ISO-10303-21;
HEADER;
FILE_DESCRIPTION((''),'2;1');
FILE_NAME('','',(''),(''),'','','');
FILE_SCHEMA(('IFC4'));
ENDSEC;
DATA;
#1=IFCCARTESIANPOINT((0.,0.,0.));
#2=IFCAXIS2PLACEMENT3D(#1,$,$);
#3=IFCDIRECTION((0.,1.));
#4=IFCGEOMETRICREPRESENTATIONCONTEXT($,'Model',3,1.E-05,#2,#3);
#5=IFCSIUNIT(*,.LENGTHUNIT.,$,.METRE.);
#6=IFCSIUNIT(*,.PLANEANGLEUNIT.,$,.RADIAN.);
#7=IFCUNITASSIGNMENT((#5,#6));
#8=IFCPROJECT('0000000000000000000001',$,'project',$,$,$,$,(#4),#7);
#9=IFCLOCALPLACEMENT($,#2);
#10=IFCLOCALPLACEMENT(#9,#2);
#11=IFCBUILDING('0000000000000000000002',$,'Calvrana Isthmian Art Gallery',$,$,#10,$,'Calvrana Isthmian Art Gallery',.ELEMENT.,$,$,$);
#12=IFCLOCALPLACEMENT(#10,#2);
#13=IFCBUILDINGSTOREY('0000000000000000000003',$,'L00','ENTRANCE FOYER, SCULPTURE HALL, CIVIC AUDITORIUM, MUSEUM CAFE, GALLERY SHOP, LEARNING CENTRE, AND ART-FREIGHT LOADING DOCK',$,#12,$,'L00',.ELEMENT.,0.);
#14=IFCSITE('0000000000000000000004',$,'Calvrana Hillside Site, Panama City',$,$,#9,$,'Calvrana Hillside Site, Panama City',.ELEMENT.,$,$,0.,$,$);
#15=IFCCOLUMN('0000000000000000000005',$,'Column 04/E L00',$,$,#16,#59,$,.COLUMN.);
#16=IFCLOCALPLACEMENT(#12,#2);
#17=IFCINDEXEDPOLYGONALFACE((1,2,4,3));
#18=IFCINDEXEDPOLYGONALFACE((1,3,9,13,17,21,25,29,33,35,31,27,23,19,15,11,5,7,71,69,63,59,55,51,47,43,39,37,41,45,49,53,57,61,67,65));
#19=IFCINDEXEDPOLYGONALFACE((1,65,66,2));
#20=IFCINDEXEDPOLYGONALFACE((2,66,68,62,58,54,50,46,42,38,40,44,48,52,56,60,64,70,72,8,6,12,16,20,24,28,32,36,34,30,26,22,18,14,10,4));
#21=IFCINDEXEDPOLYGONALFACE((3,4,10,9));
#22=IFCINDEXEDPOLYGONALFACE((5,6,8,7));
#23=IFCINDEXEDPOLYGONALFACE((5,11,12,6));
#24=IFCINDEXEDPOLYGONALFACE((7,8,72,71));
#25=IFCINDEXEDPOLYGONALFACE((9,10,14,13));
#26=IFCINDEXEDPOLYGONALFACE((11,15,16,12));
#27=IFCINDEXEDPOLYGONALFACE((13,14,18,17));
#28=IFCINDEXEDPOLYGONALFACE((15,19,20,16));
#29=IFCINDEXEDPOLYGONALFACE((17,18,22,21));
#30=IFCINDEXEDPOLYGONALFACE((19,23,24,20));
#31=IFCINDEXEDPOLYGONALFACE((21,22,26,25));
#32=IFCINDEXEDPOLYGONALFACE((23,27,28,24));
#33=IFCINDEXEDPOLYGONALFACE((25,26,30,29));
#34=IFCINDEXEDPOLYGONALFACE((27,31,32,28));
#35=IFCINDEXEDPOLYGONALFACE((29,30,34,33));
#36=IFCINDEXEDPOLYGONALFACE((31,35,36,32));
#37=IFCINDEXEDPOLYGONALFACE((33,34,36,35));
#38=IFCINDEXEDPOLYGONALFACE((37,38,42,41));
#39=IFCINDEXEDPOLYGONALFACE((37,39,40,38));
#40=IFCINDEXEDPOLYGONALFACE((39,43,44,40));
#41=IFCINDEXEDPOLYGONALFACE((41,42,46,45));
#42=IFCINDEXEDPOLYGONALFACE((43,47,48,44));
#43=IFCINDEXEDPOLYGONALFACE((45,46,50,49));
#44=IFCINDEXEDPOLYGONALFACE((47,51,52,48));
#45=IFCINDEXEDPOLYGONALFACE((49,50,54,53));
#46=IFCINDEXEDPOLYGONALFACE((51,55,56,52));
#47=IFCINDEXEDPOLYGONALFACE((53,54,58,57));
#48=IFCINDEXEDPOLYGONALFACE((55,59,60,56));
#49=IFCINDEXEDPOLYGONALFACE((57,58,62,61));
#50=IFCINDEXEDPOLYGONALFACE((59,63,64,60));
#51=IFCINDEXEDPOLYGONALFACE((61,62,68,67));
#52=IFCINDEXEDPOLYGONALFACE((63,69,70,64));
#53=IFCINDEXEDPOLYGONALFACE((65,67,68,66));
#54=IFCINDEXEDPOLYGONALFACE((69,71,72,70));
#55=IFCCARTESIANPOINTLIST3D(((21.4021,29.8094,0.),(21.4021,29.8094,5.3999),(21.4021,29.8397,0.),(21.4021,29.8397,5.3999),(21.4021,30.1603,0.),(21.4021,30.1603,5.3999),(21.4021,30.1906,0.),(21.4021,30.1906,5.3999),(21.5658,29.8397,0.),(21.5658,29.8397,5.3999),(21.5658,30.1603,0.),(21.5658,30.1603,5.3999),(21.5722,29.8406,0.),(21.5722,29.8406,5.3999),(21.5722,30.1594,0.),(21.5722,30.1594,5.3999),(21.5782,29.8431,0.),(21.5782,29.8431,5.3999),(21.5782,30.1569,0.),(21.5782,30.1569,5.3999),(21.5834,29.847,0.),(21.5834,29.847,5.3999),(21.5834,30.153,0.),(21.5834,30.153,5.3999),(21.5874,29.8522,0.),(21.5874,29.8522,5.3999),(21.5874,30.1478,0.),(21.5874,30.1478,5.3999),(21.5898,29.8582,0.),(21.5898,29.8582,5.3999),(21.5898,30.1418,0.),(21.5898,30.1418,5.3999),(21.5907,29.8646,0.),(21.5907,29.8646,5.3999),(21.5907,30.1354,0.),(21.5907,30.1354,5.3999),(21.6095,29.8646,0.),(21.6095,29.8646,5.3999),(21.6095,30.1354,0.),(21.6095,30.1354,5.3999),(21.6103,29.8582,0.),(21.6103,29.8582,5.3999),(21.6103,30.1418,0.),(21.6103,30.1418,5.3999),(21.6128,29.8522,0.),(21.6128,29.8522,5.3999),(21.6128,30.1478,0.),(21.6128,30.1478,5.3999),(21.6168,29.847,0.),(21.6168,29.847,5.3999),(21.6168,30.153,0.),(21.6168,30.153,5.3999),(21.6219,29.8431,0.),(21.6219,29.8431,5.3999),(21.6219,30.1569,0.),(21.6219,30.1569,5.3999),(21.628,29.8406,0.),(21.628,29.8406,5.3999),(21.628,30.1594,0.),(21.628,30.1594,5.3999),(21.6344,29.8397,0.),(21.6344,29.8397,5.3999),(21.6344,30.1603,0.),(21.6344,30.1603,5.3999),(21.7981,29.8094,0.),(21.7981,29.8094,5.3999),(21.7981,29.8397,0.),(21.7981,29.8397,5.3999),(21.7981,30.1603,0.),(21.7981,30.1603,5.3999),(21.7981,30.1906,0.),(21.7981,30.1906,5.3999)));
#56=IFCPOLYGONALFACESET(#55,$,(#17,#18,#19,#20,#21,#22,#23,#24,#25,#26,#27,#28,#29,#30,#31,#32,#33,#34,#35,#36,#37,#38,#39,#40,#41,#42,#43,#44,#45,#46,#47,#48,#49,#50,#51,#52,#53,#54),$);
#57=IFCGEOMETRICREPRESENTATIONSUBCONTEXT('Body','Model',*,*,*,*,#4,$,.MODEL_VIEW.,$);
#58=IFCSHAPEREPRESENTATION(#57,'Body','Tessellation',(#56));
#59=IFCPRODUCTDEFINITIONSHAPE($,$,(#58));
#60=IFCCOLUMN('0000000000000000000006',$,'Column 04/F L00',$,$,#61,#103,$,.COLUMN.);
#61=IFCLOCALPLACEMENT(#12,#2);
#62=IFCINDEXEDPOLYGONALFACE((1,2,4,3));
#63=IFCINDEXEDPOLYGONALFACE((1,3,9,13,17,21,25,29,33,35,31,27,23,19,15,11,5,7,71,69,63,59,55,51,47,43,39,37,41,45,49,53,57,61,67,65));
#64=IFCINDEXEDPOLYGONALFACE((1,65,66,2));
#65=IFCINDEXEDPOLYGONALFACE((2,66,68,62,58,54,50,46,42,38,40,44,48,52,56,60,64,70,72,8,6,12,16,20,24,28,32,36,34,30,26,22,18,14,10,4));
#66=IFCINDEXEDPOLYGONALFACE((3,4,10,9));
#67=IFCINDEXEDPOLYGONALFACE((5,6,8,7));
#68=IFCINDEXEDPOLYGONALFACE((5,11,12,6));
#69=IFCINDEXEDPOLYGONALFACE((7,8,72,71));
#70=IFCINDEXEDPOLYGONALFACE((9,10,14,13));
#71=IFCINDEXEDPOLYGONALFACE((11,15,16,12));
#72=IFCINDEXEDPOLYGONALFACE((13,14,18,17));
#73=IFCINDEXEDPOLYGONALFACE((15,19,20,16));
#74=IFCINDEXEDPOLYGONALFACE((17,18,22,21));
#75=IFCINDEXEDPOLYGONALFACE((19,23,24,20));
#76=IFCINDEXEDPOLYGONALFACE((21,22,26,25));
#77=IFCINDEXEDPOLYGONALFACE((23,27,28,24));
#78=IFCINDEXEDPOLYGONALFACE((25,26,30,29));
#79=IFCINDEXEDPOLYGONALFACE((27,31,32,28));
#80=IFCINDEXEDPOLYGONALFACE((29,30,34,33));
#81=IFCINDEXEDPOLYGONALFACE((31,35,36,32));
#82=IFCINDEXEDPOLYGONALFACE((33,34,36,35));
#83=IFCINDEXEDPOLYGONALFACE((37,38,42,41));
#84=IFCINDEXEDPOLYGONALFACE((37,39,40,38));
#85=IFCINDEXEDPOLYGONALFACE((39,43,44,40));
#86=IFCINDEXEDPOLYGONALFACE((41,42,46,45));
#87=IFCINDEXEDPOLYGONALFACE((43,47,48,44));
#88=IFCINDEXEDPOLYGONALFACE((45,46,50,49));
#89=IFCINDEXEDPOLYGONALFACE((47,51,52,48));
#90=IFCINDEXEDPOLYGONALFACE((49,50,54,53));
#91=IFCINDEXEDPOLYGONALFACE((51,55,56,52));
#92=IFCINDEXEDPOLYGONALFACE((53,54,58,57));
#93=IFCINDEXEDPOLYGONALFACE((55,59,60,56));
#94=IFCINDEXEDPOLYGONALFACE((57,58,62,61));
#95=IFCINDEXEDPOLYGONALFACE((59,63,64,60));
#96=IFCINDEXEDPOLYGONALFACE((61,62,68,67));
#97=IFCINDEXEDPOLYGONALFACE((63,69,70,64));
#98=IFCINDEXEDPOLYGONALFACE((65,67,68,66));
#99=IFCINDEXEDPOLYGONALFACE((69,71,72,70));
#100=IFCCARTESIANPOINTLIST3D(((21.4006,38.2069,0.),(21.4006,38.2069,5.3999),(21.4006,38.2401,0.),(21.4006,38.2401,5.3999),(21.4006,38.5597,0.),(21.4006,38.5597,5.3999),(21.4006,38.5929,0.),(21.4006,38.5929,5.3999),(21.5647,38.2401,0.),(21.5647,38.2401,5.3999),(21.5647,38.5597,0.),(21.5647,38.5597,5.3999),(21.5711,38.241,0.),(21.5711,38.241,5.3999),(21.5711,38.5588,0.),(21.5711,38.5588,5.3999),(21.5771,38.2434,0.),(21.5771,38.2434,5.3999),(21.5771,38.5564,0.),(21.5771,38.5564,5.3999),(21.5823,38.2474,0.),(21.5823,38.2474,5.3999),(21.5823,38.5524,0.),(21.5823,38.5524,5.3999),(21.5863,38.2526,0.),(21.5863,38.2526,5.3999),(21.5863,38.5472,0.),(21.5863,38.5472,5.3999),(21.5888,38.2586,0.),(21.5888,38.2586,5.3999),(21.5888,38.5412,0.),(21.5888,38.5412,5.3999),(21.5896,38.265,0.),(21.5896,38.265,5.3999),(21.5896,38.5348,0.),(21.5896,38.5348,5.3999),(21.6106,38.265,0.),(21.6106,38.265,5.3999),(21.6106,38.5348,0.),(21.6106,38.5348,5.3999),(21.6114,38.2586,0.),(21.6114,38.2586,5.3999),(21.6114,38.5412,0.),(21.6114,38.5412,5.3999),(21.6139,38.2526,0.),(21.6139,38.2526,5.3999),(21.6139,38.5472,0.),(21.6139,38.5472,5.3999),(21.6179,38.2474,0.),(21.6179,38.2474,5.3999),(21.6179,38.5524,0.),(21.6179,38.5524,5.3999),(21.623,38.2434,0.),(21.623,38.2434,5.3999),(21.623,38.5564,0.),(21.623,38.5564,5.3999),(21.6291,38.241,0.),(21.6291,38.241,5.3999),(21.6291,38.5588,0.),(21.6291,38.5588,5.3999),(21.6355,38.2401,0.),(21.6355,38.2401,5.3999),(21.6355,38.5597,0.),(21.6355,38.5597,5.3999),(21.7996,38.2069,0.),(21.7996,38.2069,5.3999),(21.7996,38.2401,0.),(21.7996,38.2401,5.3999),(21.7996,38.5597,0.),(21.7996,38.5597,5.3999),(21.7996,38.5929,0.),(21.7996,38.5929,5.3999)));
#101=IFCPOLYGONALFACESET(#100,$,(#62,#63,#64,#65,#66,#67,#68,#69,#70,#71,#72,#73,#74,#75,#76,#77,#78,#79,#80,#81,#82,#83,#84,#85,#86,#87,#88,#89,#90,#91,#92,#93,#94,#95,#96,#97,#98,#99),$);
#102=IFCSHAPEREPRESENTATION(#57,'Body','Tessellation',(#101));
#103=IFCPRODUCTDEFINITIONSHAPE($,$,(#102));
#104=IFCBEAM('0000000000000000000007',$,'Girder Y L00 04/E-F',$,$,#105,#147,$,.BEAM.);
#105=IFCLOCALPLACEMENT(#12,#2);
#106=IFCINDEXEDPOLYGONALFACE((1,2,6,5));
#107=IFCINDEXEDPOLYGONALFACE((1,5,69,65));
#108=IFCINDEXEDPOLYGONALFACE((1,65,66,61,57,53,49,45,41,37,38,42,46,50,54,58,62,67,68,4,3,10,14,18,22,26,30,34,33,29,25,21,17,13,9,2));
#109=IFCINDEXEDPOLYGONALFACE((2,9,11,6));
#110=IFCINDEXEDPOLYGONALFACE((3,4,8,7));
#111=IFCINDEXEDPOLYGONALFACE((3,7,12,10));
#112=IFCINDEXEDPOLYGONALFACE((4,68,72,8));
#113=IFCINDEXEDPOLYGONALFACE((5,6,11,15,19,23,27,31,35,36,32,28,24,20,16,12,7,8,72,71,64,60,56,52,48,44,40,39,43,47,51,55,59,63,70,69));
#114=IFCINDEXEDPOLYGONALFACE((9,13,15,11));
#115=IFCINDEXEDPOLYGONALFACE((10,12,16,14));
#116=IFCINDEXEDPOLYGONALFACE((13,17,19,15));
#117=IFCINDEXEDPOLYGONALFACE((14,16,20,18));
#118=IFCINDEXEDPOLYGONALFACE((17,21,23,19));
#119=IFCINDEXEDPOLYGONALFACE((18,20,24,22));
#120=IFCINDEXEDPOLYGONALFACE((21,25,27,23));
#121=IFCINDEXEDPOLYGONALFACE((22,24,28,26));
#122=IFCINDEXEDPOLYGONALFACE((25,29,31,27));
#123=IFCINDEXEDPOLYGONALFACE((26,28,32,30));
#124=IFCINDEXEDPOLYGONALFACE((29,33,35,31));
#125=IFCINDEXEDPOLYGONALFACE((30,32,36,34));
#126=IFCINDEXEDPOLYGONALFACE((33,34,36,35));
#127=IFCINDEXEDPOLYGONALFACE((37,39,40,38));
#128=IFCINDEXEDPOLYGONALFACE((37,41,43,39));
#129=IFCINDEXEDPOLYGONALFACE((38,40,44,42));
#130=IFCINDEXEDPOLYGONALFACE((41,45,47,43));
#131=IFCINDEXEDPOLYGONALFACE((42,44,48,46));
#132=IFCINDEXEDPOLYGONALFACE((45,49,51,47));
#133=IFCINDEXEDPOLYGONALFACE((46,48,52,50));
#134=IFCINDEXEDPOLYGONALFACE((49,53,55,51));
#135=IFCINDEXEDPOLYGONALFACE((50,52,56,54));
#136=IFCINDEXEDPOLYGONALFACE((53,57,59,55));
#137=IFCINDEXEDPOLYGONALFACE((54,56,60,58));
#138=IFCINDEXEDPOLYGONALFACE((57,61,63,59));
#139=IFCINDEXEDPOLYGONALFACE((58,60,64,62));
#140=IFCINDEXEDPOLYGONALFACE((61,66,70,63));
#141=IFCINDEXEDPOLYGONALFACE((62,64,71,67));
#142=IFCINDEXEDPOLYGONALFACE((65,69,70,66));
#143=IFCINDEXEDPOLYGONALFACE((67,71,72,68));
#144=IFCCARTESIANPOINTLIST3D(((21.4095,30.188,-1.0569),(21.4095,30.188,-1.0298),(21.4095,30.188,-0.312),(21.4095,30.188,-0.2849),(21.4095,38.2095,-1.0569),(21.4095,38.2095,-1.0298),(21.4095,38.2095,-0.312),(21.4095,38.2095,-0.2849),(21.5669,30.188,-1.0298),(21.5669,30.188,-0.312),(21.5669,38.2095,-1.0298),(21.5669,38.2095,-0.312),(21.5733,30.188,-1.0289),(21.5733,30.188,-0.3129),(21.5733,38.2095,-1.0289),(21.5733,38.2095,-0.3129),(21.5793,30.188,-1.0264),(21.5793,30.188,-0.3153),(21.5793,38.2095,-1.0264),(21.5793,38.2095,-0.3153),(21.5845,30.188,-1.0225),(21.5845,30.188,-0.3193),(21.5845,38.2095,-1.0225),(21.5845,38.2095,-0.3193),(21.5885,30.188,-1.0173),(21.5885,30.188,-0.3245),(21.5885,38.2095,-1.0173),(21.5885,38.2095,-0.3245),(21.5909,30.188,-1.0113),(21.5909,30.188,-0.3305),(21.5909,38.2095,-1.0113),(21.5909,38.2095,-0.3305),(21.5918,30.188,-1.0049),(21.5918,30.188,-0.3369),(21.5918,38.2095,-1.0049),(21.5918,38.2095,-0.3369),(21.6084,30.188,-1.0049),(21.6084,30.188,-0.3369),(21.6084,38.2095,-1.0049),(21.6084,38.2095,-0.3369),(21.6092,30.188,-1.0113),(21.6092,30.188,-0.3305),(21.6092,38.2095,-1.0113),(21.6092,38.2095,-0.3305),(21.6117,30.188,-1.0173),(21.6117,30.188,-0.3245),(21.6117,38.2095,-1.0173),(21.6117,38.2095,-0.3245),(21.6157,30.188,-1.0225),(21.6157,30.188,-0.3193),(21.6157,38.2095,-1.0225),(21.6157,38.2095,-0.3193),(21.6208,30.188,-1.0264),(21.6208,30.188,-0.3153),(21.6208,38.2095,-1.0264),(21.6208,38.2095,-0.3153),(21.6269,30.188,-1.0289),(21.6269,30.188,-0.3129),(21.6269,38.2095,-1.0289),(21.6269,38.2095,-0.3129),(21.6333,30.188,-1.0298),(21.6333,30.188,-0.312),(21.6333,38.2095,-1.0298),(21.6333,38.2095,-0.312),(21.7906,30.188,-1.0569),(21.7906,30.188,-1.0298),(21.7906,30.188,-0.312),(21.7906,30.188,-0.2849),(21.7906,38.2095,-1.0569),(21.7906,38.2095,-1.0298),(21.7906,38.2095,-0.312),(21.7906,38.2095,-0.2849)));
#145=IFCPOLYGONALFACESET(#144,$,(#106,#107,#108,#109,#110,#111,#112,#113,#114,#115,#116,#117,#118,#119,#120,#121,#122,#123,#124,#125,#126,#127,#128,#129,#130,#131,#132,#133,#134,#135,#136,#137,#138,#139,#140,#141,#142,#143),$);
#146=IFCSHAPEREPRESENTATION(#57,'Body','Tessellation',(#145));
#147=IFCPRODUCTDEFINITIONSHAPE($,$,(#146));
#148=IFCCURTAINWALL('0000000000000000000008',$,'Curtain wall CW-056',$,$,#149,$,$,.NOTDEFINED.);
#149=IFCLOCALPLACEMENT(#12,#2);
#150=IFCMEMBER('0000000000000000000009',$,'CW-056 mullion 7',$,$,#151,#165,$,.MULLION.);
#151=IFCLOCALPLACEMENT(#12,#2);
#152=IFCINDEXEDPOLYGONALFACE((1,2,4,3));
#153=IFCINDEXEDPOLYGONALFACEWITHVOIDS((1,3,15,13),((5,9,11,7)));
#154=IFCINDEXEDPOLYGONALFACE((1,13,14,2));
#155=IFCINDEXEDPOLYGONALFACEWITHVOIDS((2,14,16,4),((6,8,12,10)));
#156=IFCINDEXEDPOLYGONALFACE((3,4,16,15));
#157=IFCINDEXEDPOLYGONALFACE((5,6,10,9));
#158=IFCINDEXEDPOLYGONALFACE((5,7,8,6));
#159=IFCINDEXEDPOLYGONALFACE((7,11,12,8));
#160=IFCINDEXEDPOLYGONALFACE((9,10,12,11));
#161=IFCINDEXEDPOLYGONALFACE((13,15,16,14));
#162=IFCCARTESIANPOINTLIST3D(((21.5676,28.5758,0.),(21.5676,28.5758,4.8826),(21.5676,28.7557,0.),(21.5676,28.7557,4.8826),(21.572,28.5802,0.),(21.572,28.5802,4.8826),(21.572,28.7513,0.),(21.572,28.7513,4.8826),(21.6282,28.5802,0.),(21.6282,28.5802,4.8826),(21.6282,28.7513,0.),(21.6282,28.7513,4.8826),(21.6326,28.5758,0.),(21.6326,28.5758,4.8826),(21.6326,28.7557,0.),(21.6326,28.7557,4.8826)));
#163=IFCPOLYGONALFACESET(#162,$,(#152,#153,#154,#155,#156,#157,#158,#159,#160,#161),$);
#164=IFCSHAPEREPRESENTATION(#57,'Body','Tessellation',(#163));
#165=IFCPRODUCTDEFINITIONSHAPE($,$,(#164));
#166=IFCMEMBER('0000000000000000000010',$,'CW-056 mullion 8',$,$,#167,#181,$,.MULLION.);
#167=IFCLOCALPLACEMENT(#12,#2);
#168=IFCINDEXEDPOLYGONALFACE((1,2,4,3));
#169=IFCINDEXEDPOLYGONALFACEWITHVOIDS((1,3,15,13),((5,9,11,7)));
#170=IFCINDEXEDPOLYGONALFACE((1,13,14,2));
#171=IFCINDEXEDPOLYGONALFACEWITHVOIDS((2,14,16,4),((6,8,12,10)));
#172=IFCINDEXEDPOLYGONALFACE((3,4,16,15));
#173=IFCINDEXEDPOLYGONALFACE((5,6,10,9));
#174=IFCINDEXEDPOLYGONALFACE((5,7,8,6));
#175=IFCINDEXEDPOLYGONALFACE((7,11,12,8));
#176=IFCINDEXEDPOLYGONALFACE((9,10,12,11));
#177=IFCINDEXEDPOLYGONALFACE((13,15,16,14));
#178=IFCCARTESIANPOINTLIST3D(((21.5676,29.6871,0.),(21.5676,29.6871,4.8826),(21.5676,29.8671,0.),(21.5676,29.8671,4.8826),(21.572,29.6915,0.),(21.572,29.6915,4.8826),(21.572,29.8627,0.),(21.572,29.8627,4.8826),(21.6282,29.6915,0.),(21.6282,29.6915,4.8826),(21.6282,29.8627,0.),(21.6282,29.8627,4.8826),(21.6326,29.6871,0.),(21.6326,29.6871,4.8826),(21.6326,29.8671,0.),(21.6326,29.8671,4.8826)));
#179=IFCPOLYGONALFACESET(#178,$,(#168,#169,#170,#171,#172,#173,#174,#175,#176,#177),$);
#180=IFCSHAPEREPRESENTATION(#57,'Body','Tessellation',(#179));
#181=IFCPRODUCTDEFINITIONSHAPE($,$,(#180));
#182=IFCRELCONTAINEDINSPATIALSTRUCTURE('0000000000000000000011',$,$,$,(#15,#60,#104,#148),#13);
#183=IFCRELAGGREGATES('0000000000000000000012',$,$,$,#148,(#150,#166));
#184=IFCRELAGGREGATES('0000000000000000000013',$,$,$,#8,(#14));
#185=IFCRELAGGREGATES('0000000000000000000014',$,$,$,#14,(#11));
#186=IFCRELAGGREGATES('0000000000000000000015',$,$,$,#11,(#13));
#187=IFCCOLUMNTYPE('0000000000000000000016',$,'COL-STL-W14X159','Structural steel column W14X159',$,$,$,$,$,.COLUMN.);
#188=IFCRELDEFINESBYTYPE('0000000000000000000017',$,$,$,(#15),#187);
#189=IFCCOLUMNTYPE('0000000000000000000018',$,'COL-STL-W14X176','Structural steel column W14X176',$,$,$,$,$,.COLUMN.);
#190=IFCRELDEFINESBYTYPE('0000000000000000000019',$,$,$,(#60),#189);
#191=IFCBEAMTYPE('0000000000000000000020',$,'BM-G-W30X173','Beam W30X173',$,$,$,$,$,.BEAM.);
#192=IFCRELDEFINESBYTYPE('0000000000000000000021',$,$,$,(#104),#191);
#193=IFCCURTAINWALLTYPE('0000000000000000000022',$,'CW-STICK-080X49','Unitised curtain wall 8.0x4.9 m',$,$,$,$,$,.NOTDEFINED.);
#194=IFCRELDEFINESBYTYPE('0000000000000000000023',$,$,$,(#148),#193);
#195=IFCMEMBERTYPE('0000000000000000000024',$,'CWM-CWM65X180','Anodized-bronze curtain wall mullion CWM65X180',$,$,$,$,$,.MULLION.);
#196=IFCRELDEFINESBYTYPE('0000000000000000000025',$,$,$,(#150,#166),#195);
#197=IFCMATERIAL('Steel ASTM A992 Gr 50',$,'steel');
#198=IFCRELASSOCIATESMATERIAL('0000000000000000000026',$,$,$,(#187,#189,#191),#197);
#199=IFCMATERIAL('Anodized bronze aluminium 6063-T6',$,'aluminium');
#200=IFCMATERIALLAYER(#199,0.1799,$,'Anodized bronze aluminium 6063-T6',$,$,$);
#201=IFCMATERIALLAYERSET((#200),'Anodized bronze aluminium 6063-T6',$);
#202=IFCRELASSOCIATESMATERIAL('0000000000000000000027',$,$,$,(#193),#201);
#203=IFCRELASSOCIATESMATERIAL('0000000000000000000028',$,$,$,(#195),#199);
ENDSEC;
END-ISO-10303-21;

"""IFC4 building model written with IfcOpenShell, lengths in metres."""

from ifc_helpers import new_model, si_unit, direction, frame, origin, origin_2d, place, context, subcontext, project, spatial, hollow_rectangle, i_section, extrude, material, layer, layer_set, material_profile, profile_set, type_object, element, aggregate, save


model = new_model("IFC4")

# Units and contexts
model_context = context("Model", 3, precision=1e-05, world=origin(), true_north=direction((0.0, 1.0)))
body_context = subcontext(model_context, "Body", "Model", "MODEL_VIEW")
ifc_project = project(units=[si_unit("LENGTHUNIT", "METRE"), si_unit("PLANEANGLEUNIT", "RADIAN")], contexts=[model_context])

# Site, building, storey
site_placement = place(None, origin())
site = spatial("IfcSite", under=ifc_project, at=site_placement, Name="Calvrana Hillside Site, Panama City", LongName="Calvrana Hillside Site, Panama City", CompositionType="ELEMENT", RefElevation=0.0)
building_placement = place(site_placement, origin())
building = spatial("IfcBuilding", under=site, at=building_placement, Name="Calvrana Isthmian Art Gallery", LongName="Calvrana Isthmian Art Gallery", CompositionType="ELEMENT")
storey_placement = place(building_placement, origin())
storey = spatial("IfcBuildingStorey", under=building, at=storey_placement, Name="L00", Description="ENTRANCE FOYER, SCULPTURE HALL, CIVIC AUDITORIUM, MUSEUM CAFE, GALLERY SHOP, LEARNING CENTRE, AND ART-FREIGHT LOADING DOCK", LongName="L00", CompositionType="ELEMENT", Elevation=0.0)

# Columns
ifc_material_1 = material(Name="Steel ASTM A992 Gr 50", Category="steel")
ifc_material_profile_1 = material_profile(ifc_material_1, i_section(OverallWidth=0.396, OverallDepth=0.3811, WebThickness=0.0188, FlangeThickness=0.0303, FilletRadius=0.0249, at=origin_2d()), Name="W14X159")
ifc_profile_set_1 = profile_set([ifc_material_profile_1], Name="Steel ASTM A992 Gr 50")
column_type_1 = type_object("IfcColumnType", Name="COL-STL-W14X159", Description="Structural steel column W14X159", PredefinedType="COLUMN", material=ifc_profile_set_1)
column_1_placement = place(storey_placement, frame((21.6001, 30.0, 0.0), z_axis=(0.0, 0.0, 1.0), x_axis=(1.0, 0.0, 0.0)))
element("IfcColumn", 1, at=column_1_placement, inside=storey, type_object=column_type_1, Name="Column 04/E L00", PredefinedType="COLUMN", context=body_context, shape_type="SweptSolid", body=[
    extrude(i_section(OverallWidth=0.396, OverallDepth=0.3811, WebThickness=0.0188, FlangeThickness=0.0303, FilletRadius=0.0249, at=origin_2d()), origin(), (0.0, 0.0, 1.0), 5.3999),
])
ifc_material_profile_2 = material_profile(ifc_material_1, i_section(OverallWidth=0.3989, OverallDepth=0.386, WebThickness=0.021, FlangeThickness=0.0332, FilletRadius=0.0249, at=origin_2d()), Name="W14X176")
ifc_profile_set_2 = profile_set([ifc_material_profile_2], Name="Steel ASTM A992 Gr 50")
column_type_2 = type_object("IfcColumnType", Name="COL-STL-W14X176", Description="Structural steel column W14X176", PredefinedType="COLUMN", material=ifc_profile_set_2)
column_2_placement = place(storey_placement, frame((21.6001, 38.3999, 0.0), z_axis=(0.0, 0.0, 1.0), x_axis=(1.0, 0.0, 0.0)))
element("IfcColumn", 2, at=column_2_placement, inside=storey, type_object=column_type_2, Name="Column 04/F L00", PredefinedType="COLUMN", context=body_context, shape_type="SweptSolid", body=[
    extrude(i_section(OverallWidth=0.3989, OverallDepth=0.386, WebThickness=0.021, FlangeThickness=0.0332, FilletRadius=0.0249, at=origin_2d()), origin(), (0.0, 0.0, 1.0), 5.3999),
])

# Beam
ifc_material_profile_3 = material_profile(ifc_material_1, i_section(OverallWidth=0.3811, OverallDepth=0.772, WebThickness=0.0166, FlangeThickness=0.0271, FilletRadius=0.0249, at=origin_2d()), Name="W30X173")
ifc_profile_set_3 = profile_set([ifc_material_profile_3], Name="Steel ASTM A992 Gr 50")
beam_type = type_object("IfcBeamType", Name="BM-G-W30X173", Description="Beam W30X173", PredefinedType="BEAM", material=ifc_profile_set_3)
beam_placement = place(storey_placement, frame((21.6001, 30.188, -0.6709), z_axis=(0.0, 1.0, 0.0), x_axis=(-1.0, 0.0, 0.0)))
element("IfcBeam", 3, at=beam_placement, inside=storey, type_object=beam_type, Name="Girder Y L00 04/E-F", PredefinedType="BEAM", context=body_context, shape_type="SweptSolid", body=[
    extrude(i_section(OverallWidth=0.3811, OverallDepth=0.772, WebThickness=0.0166, FlangeThickness=0.0271, FilletRadius=0.0249, at=origin_2d()), origin(), (0.0, 0.0, 1.0), 8.0215),
])

# Curtain wall, members
ifc_material_2 = material(Name="Anodized bronze aluminium 6063-T6", Category="aluminium")
ifc_layer_1 = layer(ifc_material_2, 0.1799, Name="Anodized bronze aluminium 6063-T6")
ifc_layer_set_1 = layer_set([ifc_layer_1], Name="Anodized bronze aluminium 6063-T6")
curtain_wall_type = type_object("IfcCurtainWallType", Name="CW-STICK-080X49", Description="Unitised curtain wall 8.0x4.9 m", PredefinedType="NOTDEFINED", material=ifc_layer_set_1)
curtain_wall_placement = place(storey_placement, origin())
curtain_wall = element("IfcCurtainWall", 4, at=curtain_wall_placement, inside=storey, type_object=curtain_wall_type, Name="Curtain wall CW-056", PredefinedType="NOTDEFINED")
ifc_material_profile_4 = material_profile(ifc_material_2, hollow_rectangle(XDim=0.0649, YDim=0.1799, WallThickness=0.0044, at=origin_2d()), Name="CWM65X180")
ifc_profile_set_4 = profile_set([ifc_material_profile_4], Name="Anodized bronze aluminium 6063-T6")
member_type_1 = type_object("IfcMemberType", Name="CWM-CWM65X180", Description="Anodized-bronze curtain wall mullion CWM65X180", PredefinedType="MULLION", material=ifc_profile_set_4)
member_1_placement = place(storey_placement, frame((21.6001, 28.6658, 0.0), z_axis=(0.0, 0.0, 1.0), x_axis=(-1.0, 0.0, 0.0)))
member_1 = element("IfcMember", 5, at=member_1_placement, type_object=member_type_1, Name="CW-056 mullion 7", PredefinedType="MULLION", context=body_context, shape_type="SweptSolid", body=[
    extrude(hollow_rectangle(XDim=0.0649, YDim=0.1799, WallThickness=0.0044, at=origin_2d()), origin(), (0.0, 0.0, 1.0), 4.8826),
])
member_2_placement = place(storey_placement, frame((21.6001, 29.7771, 0.0), z_axis=(0.0, 0.0, 1.0), x_axis=(-1.0, 0.0, 0.0)))
member_2 = element("IfcMember", 6, at=member_2_placement, type_object=member_type_1, Name="CW-056 mullion 8", PredefinedType="MULLION", context=body_context, shape_type="SweptSolid", body=[
    extrude(hollow_rectangle(XDim=0.0649, YDim=0.1799, WallThickness=0.0044, at=origin_2d()), origin(), (0.0, 0.0, 1.0), 4.8826),
])
aggregate(curtain_wall, [member_1, member_2])

save(model, "model.ifc")
